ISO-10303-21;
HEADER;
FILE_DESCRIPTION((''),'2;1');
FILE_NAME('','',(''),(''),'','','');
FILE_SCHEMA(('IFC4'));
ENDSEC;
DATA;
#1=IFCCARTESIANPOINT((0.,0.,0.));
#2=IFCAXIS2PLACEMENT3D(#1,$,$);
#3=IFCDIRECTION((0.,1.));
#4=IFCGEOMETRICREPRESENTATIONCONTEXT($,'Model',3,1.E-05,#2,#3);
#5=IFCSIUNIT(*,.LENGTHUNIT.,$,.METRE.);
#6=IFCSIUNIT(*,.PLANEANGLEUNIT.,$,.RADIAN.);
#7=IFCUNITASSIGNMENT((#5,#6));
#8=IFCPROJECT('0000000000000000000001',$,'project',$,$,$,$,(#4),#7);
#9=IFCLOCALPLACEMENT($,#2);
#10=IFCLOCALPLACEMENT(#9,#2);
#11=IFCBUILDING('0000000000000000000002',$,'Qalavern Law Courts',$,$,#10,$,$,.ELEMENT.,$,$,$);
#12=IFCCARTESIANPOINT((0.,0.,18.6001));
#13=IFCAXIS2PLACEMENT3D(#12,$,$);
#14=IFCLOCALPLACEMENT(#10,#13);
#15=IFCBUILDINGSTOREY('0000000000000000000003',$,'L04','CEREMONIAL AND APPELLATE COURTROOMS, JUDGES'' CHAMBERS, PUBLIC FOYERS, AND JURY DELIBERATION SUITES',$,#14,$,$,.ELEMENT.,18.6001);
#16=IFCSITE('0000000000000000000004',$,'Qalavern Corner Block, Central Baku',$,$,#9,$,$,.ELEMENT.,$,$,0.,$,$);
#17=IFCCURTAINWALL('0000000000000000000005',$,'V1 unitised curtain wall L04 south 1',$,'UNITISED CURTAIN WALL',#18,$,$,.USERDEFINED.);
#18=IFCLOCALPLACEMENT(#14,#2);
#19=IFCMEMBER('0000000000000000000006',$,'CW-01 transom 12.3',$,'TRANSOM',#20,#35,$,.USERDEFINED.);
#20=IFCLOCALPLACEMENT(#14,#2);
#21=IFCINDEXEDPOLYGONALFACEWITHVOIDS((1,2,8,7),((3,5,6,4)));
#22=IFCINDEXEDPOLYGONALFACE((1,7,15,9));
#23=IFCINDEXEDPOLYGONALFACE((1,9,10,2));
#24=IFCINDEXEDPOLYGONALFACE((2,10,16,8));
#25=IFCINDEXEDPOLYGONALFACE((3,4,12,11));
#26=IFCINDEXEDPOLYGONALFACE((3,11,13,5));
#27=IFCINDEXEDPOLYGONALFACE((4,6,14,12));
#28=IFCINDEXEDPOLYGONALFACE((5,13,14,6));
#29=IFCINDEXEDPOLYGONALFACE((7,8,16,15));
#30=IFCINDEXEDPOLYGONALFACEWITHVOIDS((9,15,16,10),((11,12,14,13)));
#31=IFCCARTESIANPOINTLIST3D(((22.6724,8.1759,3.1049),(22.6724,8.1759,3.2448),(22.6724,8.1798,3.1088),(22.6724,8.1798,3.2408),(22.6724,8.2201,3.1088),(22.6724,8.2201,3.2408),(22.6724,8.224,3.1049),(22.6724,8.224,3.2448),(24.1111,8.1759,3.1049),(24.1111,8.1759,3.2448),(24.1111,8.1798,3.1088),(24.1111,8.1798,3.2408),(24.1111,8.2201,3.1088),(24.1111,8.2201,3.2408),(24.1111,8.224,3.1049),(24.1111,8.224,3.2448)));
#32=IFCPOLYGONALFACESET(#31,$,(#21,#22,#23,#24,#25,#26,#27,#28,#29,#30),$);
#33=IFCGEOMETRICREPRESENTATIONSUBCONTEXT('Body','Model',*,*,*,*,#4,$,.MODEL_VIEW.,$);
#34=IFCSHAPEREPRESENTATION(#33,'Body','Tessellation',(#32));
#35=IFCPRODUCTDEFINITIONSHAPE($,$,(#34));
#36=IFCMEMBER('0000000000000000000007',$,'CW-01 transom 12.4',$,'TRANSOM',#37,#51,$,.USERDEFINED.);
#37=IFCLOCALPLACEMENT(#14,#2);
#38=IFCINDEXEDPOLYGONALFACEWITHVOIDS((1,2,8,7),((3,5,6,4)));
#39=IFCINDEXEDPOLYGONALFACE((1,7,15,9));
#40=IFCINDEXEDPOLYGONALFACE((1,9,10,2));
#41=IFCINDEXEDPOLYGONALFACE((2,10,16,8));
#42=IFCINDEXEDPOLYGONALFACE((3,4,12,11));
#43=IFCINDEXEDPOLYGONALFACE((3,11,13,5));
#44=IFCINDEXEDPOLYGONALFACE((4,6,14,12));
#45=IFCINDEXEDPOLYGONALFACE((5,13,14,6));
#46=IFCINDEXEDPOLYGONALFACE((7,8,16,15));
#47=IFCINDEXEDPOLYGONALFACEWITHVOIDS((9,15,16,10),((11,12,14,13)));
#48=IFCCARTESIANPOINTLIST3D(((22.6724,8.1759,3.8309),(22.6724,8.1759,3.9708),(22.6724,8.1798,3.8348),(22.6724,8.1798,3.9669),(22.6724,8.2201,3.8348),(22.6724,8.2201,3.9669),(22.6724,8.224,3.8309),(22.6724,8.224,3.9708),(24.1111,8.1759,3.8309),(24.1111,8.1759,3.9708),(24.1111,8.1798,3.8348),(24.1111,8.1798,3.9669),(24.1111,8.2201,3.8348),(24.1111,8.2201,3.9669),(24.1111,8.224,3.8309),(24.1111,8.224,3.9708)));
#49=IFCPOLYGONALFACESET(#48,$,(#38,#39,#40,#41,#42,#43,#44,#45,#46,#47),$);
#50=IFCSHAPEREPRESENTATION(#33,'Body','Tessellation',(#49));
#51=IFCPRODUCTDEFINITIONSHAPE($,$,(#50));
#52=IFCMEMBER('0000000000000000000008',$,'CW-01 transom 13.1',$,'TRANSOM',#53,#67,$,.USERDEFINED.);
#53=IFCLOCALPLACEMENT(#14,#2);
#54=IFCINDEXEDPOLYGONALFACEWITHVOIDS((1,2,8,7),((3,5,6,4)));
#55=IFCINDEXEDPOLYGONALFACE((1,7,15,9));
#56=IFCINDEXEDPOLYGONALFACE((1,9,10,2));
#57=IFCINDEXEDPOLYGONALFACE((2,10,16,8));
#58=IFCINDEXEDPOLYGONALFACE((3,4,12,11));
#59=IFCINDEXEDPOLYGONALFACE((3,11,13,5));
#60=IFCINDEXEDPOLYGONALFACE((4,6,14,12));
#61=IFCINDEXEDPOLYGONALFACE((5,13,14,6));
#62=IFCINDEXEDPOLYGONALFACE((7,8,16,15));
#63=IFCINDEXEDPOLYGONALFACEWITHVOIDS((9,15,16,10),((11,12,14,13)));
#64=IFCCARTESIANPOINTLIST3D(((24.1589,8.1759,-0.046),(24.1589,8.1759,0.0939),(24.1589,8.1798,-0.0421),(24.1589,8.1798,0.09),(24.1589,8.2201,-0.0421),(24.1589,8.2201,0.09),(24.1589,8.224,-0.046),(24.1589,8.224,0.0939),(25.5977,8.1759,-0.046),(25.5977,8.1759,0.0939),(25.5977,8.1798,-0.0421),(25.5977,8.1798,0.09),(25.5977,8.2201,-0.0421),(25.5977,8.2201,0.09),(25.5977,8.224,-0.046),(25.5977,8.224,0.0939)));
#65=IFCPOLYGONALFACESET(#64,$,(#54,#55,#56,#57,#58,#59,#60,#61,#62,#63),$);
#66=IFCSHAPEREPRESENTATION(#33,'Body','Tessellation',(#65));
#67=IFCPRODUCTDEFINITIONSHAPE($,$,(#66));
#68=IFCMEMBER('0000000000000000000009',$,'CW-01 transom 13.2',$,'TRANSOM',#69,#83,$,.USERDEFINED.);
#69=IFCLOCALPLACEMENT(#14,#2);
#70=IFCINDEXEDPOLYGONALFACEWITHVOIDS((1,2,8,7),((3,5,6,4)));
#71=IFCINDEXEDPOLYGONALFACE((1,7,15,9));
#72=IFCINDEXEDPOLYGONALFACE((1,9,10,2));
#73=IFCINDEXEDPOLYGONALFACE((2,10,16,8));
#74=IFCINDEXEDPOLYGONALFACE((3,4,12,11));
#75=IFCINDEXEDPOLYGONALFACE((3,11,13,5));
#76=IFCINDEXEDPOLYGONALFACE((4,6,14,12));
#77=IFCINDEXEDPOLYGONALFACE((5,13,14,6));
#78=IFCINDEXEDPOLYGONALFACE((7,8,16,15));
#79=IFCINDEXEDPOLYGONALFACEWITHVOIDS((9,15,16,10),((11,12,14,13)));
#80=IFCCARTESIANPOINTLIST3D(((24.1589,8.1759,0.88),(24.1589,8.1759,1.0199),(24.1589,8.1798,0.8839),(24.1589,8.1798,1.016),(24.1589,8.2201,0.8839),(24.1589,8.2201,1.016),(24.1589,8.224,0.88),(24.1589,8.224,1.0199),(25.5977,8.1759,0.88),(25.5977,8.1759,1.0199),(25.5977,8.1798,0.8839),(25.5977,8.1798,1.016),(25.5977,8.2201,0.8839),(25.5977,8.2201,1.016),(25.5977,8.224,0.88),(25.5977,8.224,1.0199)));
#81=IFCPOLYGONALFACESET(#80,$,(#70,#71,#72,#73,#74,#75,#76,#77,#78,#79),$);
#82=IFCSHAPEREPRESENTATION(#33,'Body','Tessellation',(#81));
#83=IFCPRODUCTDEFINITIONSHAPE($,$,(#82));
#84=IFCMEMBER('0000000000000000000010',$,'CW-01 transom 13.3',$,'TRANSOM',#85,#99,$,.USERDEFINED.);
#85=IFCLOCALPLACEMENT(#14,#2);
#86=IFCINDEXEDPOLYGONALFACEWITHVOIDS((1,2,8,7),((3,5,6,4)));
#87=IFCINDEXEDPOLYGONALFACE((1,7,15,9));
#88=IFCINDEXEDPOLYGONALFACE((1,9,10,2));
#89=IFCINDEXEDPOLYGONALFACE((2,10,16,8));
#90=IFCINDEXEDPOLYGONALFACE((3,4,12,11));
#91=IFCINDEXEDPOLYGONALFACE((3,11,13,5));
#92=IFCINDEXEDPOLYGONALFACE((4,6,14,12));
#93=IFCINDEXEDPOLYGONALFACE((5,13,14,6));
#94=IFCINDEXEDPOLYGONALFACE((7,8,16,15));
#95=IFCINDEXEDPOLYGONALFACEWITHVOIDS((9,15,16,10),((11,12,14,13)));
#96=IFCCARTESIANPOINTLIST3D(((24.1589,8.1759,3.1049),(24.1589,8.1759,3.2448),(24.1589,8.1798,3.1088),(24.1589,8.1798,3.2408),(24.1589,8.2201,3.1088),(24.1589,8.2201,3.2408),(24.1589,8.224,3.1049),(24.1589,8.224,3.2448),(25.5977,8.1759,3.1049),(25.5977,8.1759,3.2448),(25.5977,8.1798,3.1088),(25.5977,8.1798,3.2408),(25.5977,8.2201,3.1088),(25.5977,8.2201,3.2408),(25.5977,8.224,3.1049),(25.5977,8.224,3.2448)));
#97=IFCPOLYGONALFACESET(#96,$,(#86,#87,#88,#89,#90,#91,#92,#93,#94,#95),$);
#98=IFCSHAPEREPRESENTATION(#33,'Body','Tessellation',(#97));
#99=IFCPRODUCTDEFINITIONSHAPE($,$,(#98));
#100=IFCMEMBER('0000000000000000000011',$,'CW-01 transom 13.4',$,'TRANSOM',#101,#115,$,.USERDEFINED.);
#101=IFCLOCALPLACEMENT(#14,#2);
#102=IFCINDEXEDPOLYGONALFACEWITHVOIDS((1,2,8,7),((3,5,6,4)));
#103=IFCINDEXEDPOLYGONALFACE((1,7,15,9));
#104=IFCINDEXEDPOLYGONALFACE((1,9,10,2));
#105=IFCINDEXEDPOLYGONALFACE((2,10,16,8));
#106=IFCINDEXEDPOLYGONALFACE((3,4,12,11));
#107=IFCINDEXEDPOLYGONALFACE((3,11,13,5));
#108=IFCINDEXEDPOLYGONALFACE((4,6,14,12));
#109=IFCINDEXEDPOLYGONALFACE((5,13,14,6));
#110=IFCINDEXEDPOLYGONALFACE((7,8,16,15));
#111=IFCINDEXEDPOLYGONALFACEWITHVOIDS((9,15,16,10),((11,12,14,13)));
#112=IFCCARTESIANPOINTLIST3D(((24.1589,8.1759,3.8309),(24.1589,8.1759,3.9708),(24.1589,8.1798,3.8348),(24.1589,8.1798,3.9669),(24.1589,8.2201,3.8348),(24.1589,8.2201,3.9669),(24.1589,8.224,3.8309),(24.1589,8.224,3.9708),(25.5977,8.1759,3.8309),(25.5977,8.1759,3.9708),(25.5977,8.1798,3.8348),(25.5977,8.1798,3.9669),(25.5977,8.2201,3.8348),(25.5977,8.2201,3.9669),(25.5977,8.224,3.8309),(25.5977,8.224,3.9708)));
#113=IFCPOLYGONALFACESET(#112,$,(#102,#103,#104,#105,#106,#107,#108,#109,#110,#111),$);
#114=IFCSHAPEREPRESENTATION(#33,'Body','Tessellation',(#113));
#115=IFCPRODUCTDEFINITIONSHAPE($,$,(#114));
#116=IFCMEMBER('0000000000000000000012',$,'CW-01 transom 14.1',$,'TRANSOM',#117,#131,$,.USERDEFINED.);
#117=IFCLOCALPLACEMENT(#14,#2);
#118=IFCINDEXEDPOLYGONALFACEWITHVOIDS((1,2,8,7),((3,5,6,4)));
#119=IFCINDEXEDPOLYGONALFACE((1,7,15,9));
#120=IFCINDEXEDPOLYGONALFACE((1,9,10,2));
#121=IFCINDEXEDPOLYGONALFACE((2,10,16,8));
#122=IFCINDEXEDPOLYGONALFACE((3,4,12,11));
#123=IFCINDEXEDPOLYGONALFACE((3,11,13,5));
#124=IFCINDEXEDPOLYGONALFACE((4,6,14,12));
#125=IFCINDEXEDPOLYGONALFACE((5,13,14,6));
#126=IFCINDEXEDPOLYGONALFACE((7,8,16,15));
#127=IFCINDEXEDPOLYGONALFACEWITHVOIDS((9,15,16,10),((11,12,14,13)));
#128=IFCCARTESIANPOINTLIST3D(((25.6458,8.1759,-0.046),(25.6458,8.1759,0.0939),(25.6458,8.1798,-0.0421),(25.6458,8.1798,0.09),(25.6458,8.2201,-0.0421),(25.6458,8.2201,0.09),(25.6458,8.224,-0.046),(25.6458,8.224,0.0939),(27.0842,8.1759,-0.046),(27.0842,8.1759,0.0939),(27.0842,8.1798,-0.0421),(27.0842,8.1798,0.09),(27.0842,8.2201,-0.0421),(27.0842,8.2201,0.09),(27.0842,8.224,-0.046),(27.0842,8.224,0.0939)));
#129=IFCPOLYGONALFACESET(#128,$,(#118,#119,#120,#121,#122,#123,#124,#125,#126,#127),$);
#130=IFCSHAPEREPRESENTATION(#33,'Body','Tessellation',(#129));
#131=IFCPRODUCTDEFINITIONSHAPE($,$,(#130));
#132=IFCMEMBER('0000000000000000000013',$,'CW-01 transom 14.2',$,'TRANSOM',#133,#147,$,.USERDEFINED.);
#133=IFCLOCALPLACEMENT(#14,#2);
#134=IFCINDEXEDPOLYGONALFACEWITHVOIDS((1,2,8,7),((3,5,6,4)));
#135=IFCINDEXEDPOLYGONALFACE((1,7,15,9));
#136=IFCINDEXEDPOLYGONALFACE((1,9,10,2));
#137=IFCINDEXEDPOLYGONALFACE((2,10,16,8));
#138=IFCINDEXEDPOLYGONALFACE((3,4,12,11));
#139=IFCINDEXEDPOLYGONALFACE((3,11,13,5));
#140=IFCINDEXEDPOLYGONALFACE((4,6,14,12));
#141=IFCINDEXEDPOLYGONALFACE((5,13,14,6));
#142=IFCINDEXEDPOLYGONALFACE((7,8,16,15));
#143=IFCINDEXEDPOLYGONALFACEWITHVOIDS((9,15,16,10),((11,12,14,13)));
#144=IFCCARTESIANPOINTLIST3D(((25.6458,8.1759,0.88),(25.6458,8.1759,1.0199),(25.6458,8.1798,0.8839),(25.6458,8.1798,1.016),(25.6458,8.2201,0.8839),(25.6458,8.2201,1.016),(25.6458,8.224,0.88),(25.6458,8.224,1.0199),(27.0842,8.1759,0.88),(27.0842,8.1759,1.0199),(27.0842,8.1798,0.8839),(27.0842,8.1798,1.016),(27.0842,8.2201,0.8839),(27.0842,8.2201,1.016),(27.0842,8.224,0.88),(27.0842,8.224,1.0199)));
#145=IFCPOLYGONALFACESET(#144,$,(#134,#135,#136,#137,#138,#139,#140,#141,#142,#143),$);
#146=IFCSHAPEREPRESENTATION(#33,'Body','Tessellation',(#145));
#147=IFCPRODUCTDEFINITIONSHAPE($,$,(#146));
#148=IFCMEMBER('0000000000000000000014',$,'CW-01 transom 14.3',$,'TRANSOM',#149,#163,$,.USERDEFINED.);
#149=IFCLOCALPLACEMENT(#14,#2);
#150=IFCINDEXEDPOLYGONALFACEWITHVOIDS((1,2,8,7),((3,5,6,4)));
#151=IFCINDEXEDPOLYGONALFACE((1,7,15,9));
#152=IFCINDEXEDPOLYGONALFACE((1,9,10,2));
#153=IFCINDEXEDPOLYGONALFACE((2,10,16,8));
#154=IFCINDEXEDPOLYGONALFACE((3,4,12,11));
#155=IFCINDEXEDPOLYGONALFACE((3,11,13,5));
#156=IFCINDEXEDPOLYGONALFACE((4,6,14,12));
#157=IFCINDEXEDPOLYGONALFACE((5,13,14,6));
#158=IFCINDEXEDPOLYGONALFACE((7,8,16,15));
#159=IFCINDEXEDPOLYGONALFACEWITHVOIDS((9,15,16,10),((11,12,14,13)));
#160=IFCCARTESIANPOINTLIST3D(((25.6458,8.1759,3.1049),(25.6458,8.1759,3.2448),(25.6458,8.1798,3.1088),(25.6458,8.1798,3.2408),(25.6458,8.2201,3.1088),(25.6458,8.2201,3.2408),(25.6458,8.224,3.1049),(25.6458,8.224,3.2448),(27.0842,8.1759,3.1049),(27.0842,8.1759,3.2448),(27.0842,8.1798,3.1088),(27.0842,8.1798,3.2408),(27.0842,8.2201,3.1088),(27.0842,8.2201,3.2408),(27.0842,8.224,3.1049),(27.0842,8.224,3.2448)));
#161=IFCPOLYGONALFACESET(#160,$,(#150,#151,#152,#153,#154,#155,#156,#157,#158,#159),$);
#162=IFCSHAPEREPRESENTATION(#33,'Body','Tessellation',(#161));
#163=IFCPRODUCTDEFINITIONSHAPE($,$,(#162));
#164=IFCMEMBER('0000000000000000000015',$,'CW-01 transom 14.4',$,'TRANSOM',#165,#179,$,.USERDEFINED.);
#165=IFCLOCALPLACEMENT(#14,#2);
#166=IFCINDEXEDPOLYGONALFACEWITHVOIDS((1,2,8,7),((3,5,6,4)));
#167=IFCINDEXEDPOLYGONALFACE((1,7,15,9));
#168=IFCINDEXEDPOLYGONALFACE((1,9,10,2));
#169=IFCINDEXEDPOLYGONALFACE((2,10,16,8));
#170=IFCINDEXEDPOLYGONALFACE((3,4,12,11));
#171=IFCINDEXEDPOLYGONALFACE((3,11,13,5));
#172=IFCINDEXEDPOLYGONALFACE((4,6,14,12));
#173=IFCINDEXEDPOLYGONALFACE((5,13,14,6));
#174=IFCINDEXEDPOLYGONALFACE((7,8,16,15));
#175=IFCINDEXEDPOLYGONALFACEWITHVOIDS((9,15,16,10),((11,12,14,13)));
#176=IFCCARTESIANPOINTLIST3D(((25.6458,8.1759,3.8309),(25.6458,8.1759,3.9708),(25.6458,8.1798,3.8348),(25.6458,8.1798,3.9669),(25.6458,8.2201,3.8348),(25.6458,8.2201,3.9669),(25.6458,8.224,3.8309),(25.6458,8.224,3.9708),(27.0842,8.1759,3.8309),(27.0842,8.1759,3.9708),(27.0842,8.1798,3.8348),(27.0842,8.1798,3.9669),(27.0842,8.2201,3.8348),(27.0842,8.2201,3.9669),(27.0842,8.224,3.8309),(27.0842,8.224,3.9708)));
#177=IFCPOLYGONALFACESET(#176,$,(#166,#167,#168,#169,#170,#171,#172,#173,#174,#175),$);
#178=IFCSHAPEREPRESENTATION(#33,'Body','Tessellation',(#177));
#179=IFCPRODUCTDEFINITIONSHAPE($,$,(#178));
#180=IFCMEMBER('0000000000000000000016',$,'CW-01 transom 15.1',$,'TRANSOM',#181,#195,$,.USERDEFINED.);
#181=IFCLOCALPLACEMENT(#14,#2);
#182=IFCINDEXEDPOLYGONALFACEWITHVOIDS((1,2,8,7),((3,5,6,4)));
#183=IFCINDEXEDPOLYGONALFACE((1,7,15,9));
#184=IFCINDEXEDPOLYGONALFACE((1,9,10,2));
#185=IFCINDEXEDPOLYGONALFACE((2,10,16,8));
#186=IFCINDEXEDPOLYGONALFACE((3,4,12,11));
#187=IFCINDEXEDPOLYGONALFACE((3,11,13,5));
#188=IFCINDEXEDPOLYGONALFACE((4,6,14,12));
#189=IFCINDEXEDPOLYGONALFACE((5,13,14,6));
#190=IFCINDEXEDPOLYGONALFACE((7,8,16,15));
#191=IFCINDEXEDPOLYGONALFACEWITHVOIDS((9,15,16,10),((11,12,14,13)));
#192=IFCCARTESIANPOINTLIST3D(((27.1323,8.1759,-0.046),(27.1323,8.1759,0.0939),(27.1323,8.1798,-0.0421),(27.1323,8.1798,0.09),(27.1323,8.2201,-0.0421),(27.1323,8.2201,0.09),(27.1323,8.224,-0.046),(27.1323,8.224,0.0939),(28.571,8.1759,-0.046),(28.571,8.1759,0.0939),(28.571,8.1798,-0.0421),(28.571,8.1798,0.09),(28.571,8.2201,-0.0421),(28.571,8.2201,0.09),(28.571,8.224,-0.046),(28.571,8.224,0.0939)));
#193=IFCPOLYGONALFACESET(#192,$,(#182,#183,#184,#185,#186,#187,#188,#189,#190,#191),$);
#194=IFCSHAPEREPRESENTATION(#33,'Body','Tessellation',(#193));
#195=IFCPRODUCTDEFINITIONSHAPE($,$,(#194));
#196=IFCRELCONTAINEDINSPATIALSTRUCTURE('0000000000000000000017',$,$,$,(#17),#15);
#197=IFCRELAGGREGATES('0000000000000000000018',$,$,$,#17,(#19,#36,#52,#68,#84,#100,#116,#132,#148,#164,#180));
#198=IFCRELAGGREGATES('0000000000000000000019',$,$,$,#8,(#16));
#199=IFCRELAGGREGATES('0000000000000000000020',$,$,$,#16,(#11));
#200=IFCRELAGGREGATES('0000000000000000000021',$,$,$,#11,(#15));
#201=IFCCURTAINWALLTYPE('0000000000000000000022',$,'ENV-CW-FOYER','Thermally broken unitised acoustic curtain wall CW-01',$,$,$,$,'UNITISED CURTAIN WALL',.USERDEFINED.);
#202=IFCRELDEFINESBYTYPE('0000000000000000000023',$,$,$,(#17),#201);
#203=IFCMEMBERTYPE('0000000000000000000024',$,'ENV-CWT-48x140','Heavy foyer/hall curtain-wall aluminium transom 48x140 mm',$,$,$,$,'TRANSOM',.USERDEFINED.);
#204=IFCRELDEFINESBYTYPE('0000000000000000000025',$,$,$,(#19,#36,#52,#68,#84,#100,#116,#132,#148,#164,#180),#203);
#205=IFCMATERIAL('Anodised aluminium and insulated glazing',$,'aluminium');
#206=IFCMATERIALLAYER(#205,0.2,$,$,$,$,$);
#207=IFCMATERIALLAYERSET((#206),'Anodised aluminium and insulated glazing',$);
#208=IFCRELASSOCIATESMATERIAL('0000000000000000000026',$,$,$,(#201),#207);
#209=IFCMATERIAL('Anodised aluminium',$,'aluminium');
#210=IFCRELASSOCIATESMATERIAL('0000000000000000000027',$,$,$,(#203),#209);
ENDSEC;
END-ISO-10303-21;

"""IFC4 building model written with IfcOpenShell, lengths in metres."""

from ifc_helpers import new_model, si_unit, direction, frame, origin, origin_2d, place, context, subcontext, project, spatial, hollow_rectangle, extrude, material, layer, layer_set, material_profile, profile_set, type_object, element, aggregate, save


model = new_model("IFC4")

# Units and contexts
model_context = context("Model", 3, precision=1e-05, world=origin(), true_north=direction((0.0, 1.0)))
body_context = subcontext(model_context, "Body", "Model", "MODEL_VIEW")
ifc_project = project(units=[si_unit("LENGTHUNIT", "METRE"), si_unit("PLANEANGLEUNIT", "RADIAN")], contexts=[model_context])

# Site, building, storey
site_placement = place(None, origin())
site = spatial("IfcSite", under=ifc_project, at=site_placement, Name="Qalavern Corner Block, Central Baku", CompositionType="ELEMENT", RefElevation=0.0)
building_placement = place(site_placement, origin())
building = spatial("IfcBuilding", under=site, at=building_placement, Name="Qalavern Law Courts", CompositionType="ELEMENT")
storey_placement = place(building_placement, frame((0.0, 0.0, 18.6001)))
storey = spatial("IfcBuildingStorey", under=building, at=storey_placement, Name="L04", Description="CEREMONIAL AND APPELLATE COURTROOMS, JUDGES' CHAMBERS, PUBLIC FOYERS, AND JURY DELIBERATION SUITES", CompositionType="ELEMENT", Elevation=18.6001)

# Curtain wall, members
ifc_material_1 = material(Name="Anodised aluminium and insulated glazing", Category="aluminium")
ifc_layer_1 = layer(ifc_material_1, 0.2)
ifc_layer_set_1 = layer_set([ifc_layer_1], Name="Anodised aluminium and insulated glazing")
curtain_wall_type = type_object("IfcCurtainWallType", Name="ENV-CW-FOYER", Description="Thermally broken unitised acoustic curtain wall CW-01", ElementType="UNITISED CURTAIN WALL", PredefinedType="USERDEFINED", material=ifc_layer_set_1)
curtain_wall_placement = place(storey_placement, origin())
curtain_wall = element("IfcCurtainWall", 1, at=curtain_wall_placement, inside=storey, type_object=curtain_wall_type, Name="V1 unitised curtain wall L04 south 1", ObjectType="UNITISED CURTAIN WALL", PredefinedType="USERDEFINED")
ifc_material_2 = material(Name="Anodised aluminium", Category="aluminium")
ifc_material_profile_1 = material_profile(ifc_material_2, hollow_rectangle(XDim=0.0481, YDim=0.1399, WallThickness=0.0039, at=origin_2d()), Name="ALU TRANSOM 48x140")
ifc_profile_set_1 = profile_set([ifc_material_profile_1], Name="Anodised aluminium")
member_type_1 = type_object("IfcMemberType", Name="ENV-CWT-48x140", Description="Heavy foyer/hall curtain-wall aluminium transom 48x140 mm", ElementType="TRANSOM", PredefinedType="USERDEFINED", material=ifc_profile_set_1)
member_1_placement = place(storey_placement, frame((22.6724, 8.2, 3.1748), z_axis=(1.0, 0.0, 0.0), x_axis=(0.0, 1.0, 0.0)))
member_1 = element("IfcMember", 2, at=member_1_placement, type_object=member_type_1, Name="CW-01 transom 12.3", ObjectType="TRANSOM", PredefinedType="USERDEFINED", context=body_context, shape_type="SweptSolid", body=[
    extrude(hollow_rectangle(XDim=0.0481, YDim=0.1399, WallThickness=0.0039, at=origin_2d()), origin(), (0.0, 0.0, 1.0), 1.4387),
])
member_2_placement = place(storey_placement, frame((22.6724, 8.2, 3.9009), z_axis=(1.0, 0.0, 0.0), x_axis=(0.0, 1.0, 0.0)))
member_2 = element("IfcMember", 3, at=member_2_placement, type_object=member_type_1, Name="CW-01 transom 12.4", ObjectType="TRANSOM", PredefinedType="USERDEFINED", context=body_context, shape_type="SweptSolid", body=[
    extrude(hollow_rectangle(XDim=0.0481, YDim=0.1399, WallThickness=0.0039, at=origin_2d()), origin(), (0.0, 0.0, 1.0), 1.4387),
])
member_3_placement = place(storey_placement, frame((24.1589, 8.2, 0.0239), z_axis=(1.0, 0.0, 0.0), x_axis=(0.0, 1.0, 0.0)))
member_3 = element("IfcMember", 4, at=member_3_placement, type_object=member_type_1, Name="CW-01 transom 13.1", ObjectType="TRANSOM", PredefinedType="USERDEFINED", context=body_context, shape_type="SweptSolid", body=[
    extrude(hollow_rectangle(XDim=0.0481, YDim=0.1399, WallThickness=0.0039, at=origin_2d()), origin(), (0.0, 0.0, 1.0), 1.4387),
])
member_4_placement = place(storey_placement, frame((24.1589, 8.2, 0.95), z_axis=(1.0, 0.0, 0.0), x_axis=(0.0, 1.0, 0.0)))
member_4 = element("IfcMember", 5, at=member_4_placement, type_object=member_type_1, Name="CW-01 transom 13.2", ObjectType="TRANSOM", PredefinedType="USERDEFINED", context=body_context, shape_type="SweptSolid", body=[
    extrude(hollow_rectangle(XDim=0.0481, YDim=0.1399, WallThickness=0.0039, at=origin_2d()), origin(), (0.0, 0.0, 1.0), 1.4387),
])
member_5_placement = place(storey_placement, frame((24.1589, 8.2, 3.1748), z_axis=(1.0, 0.0, 0.0), x_axis=(0.0, 1.0, 0.0)))
member_5 = element("IfcMember", 6, at=member_5_placement, type_object=member_type_1, Name="CW-01 transom 13.3", ObjectType="TRANSOM", PredefinedType="USERDEFINED", context=body_context, shape_type="SweptSolid", body=[
    extrude(hollow_rectangle(XDim=0.0481, YDim=0.1399, WallThickness=0.0039, at=origin_2d()), origin(), (0.0, 0.0, 1.0), 1.4387),
])
member_6_placement = place(storey_placement, frame((24.1589, 8.2, 3.9009), z_axis=(1.0, 0.0, 0.0), x_axis=(0.0, 1.0, 0.0)))
member_6 = element("IfcMember", 7, at=member_6_placement, type_object=member_type_1, Name="CW-01 transom 13.4", ObjectType="TRANSOM", PredefinedType="USERDEFINED", context=body_context, shape_type="SweptSolid", body=[
    extrude(hollow_rectangle(XDim=0.0481, YDim=0.1399, WallThickness=0.0039, at=origin_2d()), origin(), (0.0, 0.0, 1.0), 1.4387),
])
member_7_placement = place(storey_placement, frame((25.6458, 8.2, 0.0239), z_axis=(1.0, 0.0, 0.0), x_axis=(0.0, 1.0, 0.0)))
member_7 = element("IfcMember", 8, at=member_7_placement, type_object=member_type_1, Name="CW-01 transom 14.1", ObjectType="TRANSOM", PredefinedType="USERDEFINED", context=body_context, shape_type="SweptSolid", body=[
    extrude(hollow_rectangle(XDim=0.0481, YDim=0.1399, WallThickness=0.0039, at=origin_2d()), origin(), (0.0, 0.0, 1.0), 1.4385),
])
member_8_placement = place(storey_placement, frame((25.6458, 8.2, 0.95), z_axis=(1.0, 0.0, 0.0), x_axis=(0.0, 1.0, 0.0)))
member_8 = element("IfcMember", 9, at=member_8_placement, type_object=member_type_1, Name="CW-01 transom 14.2", ObjectType="TRANSOM", PredefinedType="USERDEFINED", context=body_context, shape_type="SweptSolid", body=[
    extrude(hollow_rectangle(XDim=0.0481, YDim=0.1399, WallThickness=0.0039, at=origin_2d()), origin(), (0.0, 0.0, 1.0), 1.4385),
])
member_9_placement = place(storey_placement, frame((25.6458, 8.2, 3.1748), z_axis=(1.0, 0.0, 0.0), x_axis=(0.0, 1.0, 0.0)))
member_9 = element("IfcMember", 10, at=member_9_placement, type_object=member_type_1, Name="CW-01 transom 14.3", ObjectType="TRANSOM", PredefinedType="USERDEFINED", context=body_context, shape_type="SweptSolid", body=[
    extrude(hollow_rectangle(XDim=0.0481, YDim=0.1399, WallThickness=0.0039, at=origin_2d()), origin(), (0.0, 0.0, 1.0), 1.4385),
])
member_10_placement = place(storey_placement, frame((25.6458, 8.2, 3.9009), z_axis=(1.0, 0.0, 0.0), x_axis=(0.0, 1.0, 0.0)))
member_10 = element("IfcMember", 11, at=member_10_placement, type_object=member_type_1, Name="CW-01 transom 14.4", ObjectType="TRANSOM", PredefinedType="USERDEFINED", context=body_context, shape_type="SweptSolid", body=[
    extrude(hollow_rectangle(XDim=0.0481, YDim=0.1399, WallThickness=0.0039, at=origin_2d()), origin(), (0.0, 0.0, 1.0), 1.4385),
])
member_11_placement = place(storey_placement, frame((27.1323, 8.2, 0.0239), z_axis=(1.0, 0.0, 0.0), x_axis=(0.0, 1.0, 0.0)))
member_11 = element("IfcMember", 12, at=member_11_placement, type_object=member_type_1, Name="CW-01 transom 15.1", ObjectType="TRANSOM", PredefinedType="USERDEFINED", context=body_context, shape_type="SweptSolid", body=[
    extrude(hollow_rectangle(XDim=0.0481, YDim=0.1399, WallThickness=0.0039, at=origin_2d()), origin(), (0.0, 0.0, 1.0), 1.4387),
])

aggregate(curtain_wall, [member_1, member_2, member_3, member_4, member_5, member_6, member_7, member_8, member_9, member_10, member_11])

save(model, "model.ifc")
